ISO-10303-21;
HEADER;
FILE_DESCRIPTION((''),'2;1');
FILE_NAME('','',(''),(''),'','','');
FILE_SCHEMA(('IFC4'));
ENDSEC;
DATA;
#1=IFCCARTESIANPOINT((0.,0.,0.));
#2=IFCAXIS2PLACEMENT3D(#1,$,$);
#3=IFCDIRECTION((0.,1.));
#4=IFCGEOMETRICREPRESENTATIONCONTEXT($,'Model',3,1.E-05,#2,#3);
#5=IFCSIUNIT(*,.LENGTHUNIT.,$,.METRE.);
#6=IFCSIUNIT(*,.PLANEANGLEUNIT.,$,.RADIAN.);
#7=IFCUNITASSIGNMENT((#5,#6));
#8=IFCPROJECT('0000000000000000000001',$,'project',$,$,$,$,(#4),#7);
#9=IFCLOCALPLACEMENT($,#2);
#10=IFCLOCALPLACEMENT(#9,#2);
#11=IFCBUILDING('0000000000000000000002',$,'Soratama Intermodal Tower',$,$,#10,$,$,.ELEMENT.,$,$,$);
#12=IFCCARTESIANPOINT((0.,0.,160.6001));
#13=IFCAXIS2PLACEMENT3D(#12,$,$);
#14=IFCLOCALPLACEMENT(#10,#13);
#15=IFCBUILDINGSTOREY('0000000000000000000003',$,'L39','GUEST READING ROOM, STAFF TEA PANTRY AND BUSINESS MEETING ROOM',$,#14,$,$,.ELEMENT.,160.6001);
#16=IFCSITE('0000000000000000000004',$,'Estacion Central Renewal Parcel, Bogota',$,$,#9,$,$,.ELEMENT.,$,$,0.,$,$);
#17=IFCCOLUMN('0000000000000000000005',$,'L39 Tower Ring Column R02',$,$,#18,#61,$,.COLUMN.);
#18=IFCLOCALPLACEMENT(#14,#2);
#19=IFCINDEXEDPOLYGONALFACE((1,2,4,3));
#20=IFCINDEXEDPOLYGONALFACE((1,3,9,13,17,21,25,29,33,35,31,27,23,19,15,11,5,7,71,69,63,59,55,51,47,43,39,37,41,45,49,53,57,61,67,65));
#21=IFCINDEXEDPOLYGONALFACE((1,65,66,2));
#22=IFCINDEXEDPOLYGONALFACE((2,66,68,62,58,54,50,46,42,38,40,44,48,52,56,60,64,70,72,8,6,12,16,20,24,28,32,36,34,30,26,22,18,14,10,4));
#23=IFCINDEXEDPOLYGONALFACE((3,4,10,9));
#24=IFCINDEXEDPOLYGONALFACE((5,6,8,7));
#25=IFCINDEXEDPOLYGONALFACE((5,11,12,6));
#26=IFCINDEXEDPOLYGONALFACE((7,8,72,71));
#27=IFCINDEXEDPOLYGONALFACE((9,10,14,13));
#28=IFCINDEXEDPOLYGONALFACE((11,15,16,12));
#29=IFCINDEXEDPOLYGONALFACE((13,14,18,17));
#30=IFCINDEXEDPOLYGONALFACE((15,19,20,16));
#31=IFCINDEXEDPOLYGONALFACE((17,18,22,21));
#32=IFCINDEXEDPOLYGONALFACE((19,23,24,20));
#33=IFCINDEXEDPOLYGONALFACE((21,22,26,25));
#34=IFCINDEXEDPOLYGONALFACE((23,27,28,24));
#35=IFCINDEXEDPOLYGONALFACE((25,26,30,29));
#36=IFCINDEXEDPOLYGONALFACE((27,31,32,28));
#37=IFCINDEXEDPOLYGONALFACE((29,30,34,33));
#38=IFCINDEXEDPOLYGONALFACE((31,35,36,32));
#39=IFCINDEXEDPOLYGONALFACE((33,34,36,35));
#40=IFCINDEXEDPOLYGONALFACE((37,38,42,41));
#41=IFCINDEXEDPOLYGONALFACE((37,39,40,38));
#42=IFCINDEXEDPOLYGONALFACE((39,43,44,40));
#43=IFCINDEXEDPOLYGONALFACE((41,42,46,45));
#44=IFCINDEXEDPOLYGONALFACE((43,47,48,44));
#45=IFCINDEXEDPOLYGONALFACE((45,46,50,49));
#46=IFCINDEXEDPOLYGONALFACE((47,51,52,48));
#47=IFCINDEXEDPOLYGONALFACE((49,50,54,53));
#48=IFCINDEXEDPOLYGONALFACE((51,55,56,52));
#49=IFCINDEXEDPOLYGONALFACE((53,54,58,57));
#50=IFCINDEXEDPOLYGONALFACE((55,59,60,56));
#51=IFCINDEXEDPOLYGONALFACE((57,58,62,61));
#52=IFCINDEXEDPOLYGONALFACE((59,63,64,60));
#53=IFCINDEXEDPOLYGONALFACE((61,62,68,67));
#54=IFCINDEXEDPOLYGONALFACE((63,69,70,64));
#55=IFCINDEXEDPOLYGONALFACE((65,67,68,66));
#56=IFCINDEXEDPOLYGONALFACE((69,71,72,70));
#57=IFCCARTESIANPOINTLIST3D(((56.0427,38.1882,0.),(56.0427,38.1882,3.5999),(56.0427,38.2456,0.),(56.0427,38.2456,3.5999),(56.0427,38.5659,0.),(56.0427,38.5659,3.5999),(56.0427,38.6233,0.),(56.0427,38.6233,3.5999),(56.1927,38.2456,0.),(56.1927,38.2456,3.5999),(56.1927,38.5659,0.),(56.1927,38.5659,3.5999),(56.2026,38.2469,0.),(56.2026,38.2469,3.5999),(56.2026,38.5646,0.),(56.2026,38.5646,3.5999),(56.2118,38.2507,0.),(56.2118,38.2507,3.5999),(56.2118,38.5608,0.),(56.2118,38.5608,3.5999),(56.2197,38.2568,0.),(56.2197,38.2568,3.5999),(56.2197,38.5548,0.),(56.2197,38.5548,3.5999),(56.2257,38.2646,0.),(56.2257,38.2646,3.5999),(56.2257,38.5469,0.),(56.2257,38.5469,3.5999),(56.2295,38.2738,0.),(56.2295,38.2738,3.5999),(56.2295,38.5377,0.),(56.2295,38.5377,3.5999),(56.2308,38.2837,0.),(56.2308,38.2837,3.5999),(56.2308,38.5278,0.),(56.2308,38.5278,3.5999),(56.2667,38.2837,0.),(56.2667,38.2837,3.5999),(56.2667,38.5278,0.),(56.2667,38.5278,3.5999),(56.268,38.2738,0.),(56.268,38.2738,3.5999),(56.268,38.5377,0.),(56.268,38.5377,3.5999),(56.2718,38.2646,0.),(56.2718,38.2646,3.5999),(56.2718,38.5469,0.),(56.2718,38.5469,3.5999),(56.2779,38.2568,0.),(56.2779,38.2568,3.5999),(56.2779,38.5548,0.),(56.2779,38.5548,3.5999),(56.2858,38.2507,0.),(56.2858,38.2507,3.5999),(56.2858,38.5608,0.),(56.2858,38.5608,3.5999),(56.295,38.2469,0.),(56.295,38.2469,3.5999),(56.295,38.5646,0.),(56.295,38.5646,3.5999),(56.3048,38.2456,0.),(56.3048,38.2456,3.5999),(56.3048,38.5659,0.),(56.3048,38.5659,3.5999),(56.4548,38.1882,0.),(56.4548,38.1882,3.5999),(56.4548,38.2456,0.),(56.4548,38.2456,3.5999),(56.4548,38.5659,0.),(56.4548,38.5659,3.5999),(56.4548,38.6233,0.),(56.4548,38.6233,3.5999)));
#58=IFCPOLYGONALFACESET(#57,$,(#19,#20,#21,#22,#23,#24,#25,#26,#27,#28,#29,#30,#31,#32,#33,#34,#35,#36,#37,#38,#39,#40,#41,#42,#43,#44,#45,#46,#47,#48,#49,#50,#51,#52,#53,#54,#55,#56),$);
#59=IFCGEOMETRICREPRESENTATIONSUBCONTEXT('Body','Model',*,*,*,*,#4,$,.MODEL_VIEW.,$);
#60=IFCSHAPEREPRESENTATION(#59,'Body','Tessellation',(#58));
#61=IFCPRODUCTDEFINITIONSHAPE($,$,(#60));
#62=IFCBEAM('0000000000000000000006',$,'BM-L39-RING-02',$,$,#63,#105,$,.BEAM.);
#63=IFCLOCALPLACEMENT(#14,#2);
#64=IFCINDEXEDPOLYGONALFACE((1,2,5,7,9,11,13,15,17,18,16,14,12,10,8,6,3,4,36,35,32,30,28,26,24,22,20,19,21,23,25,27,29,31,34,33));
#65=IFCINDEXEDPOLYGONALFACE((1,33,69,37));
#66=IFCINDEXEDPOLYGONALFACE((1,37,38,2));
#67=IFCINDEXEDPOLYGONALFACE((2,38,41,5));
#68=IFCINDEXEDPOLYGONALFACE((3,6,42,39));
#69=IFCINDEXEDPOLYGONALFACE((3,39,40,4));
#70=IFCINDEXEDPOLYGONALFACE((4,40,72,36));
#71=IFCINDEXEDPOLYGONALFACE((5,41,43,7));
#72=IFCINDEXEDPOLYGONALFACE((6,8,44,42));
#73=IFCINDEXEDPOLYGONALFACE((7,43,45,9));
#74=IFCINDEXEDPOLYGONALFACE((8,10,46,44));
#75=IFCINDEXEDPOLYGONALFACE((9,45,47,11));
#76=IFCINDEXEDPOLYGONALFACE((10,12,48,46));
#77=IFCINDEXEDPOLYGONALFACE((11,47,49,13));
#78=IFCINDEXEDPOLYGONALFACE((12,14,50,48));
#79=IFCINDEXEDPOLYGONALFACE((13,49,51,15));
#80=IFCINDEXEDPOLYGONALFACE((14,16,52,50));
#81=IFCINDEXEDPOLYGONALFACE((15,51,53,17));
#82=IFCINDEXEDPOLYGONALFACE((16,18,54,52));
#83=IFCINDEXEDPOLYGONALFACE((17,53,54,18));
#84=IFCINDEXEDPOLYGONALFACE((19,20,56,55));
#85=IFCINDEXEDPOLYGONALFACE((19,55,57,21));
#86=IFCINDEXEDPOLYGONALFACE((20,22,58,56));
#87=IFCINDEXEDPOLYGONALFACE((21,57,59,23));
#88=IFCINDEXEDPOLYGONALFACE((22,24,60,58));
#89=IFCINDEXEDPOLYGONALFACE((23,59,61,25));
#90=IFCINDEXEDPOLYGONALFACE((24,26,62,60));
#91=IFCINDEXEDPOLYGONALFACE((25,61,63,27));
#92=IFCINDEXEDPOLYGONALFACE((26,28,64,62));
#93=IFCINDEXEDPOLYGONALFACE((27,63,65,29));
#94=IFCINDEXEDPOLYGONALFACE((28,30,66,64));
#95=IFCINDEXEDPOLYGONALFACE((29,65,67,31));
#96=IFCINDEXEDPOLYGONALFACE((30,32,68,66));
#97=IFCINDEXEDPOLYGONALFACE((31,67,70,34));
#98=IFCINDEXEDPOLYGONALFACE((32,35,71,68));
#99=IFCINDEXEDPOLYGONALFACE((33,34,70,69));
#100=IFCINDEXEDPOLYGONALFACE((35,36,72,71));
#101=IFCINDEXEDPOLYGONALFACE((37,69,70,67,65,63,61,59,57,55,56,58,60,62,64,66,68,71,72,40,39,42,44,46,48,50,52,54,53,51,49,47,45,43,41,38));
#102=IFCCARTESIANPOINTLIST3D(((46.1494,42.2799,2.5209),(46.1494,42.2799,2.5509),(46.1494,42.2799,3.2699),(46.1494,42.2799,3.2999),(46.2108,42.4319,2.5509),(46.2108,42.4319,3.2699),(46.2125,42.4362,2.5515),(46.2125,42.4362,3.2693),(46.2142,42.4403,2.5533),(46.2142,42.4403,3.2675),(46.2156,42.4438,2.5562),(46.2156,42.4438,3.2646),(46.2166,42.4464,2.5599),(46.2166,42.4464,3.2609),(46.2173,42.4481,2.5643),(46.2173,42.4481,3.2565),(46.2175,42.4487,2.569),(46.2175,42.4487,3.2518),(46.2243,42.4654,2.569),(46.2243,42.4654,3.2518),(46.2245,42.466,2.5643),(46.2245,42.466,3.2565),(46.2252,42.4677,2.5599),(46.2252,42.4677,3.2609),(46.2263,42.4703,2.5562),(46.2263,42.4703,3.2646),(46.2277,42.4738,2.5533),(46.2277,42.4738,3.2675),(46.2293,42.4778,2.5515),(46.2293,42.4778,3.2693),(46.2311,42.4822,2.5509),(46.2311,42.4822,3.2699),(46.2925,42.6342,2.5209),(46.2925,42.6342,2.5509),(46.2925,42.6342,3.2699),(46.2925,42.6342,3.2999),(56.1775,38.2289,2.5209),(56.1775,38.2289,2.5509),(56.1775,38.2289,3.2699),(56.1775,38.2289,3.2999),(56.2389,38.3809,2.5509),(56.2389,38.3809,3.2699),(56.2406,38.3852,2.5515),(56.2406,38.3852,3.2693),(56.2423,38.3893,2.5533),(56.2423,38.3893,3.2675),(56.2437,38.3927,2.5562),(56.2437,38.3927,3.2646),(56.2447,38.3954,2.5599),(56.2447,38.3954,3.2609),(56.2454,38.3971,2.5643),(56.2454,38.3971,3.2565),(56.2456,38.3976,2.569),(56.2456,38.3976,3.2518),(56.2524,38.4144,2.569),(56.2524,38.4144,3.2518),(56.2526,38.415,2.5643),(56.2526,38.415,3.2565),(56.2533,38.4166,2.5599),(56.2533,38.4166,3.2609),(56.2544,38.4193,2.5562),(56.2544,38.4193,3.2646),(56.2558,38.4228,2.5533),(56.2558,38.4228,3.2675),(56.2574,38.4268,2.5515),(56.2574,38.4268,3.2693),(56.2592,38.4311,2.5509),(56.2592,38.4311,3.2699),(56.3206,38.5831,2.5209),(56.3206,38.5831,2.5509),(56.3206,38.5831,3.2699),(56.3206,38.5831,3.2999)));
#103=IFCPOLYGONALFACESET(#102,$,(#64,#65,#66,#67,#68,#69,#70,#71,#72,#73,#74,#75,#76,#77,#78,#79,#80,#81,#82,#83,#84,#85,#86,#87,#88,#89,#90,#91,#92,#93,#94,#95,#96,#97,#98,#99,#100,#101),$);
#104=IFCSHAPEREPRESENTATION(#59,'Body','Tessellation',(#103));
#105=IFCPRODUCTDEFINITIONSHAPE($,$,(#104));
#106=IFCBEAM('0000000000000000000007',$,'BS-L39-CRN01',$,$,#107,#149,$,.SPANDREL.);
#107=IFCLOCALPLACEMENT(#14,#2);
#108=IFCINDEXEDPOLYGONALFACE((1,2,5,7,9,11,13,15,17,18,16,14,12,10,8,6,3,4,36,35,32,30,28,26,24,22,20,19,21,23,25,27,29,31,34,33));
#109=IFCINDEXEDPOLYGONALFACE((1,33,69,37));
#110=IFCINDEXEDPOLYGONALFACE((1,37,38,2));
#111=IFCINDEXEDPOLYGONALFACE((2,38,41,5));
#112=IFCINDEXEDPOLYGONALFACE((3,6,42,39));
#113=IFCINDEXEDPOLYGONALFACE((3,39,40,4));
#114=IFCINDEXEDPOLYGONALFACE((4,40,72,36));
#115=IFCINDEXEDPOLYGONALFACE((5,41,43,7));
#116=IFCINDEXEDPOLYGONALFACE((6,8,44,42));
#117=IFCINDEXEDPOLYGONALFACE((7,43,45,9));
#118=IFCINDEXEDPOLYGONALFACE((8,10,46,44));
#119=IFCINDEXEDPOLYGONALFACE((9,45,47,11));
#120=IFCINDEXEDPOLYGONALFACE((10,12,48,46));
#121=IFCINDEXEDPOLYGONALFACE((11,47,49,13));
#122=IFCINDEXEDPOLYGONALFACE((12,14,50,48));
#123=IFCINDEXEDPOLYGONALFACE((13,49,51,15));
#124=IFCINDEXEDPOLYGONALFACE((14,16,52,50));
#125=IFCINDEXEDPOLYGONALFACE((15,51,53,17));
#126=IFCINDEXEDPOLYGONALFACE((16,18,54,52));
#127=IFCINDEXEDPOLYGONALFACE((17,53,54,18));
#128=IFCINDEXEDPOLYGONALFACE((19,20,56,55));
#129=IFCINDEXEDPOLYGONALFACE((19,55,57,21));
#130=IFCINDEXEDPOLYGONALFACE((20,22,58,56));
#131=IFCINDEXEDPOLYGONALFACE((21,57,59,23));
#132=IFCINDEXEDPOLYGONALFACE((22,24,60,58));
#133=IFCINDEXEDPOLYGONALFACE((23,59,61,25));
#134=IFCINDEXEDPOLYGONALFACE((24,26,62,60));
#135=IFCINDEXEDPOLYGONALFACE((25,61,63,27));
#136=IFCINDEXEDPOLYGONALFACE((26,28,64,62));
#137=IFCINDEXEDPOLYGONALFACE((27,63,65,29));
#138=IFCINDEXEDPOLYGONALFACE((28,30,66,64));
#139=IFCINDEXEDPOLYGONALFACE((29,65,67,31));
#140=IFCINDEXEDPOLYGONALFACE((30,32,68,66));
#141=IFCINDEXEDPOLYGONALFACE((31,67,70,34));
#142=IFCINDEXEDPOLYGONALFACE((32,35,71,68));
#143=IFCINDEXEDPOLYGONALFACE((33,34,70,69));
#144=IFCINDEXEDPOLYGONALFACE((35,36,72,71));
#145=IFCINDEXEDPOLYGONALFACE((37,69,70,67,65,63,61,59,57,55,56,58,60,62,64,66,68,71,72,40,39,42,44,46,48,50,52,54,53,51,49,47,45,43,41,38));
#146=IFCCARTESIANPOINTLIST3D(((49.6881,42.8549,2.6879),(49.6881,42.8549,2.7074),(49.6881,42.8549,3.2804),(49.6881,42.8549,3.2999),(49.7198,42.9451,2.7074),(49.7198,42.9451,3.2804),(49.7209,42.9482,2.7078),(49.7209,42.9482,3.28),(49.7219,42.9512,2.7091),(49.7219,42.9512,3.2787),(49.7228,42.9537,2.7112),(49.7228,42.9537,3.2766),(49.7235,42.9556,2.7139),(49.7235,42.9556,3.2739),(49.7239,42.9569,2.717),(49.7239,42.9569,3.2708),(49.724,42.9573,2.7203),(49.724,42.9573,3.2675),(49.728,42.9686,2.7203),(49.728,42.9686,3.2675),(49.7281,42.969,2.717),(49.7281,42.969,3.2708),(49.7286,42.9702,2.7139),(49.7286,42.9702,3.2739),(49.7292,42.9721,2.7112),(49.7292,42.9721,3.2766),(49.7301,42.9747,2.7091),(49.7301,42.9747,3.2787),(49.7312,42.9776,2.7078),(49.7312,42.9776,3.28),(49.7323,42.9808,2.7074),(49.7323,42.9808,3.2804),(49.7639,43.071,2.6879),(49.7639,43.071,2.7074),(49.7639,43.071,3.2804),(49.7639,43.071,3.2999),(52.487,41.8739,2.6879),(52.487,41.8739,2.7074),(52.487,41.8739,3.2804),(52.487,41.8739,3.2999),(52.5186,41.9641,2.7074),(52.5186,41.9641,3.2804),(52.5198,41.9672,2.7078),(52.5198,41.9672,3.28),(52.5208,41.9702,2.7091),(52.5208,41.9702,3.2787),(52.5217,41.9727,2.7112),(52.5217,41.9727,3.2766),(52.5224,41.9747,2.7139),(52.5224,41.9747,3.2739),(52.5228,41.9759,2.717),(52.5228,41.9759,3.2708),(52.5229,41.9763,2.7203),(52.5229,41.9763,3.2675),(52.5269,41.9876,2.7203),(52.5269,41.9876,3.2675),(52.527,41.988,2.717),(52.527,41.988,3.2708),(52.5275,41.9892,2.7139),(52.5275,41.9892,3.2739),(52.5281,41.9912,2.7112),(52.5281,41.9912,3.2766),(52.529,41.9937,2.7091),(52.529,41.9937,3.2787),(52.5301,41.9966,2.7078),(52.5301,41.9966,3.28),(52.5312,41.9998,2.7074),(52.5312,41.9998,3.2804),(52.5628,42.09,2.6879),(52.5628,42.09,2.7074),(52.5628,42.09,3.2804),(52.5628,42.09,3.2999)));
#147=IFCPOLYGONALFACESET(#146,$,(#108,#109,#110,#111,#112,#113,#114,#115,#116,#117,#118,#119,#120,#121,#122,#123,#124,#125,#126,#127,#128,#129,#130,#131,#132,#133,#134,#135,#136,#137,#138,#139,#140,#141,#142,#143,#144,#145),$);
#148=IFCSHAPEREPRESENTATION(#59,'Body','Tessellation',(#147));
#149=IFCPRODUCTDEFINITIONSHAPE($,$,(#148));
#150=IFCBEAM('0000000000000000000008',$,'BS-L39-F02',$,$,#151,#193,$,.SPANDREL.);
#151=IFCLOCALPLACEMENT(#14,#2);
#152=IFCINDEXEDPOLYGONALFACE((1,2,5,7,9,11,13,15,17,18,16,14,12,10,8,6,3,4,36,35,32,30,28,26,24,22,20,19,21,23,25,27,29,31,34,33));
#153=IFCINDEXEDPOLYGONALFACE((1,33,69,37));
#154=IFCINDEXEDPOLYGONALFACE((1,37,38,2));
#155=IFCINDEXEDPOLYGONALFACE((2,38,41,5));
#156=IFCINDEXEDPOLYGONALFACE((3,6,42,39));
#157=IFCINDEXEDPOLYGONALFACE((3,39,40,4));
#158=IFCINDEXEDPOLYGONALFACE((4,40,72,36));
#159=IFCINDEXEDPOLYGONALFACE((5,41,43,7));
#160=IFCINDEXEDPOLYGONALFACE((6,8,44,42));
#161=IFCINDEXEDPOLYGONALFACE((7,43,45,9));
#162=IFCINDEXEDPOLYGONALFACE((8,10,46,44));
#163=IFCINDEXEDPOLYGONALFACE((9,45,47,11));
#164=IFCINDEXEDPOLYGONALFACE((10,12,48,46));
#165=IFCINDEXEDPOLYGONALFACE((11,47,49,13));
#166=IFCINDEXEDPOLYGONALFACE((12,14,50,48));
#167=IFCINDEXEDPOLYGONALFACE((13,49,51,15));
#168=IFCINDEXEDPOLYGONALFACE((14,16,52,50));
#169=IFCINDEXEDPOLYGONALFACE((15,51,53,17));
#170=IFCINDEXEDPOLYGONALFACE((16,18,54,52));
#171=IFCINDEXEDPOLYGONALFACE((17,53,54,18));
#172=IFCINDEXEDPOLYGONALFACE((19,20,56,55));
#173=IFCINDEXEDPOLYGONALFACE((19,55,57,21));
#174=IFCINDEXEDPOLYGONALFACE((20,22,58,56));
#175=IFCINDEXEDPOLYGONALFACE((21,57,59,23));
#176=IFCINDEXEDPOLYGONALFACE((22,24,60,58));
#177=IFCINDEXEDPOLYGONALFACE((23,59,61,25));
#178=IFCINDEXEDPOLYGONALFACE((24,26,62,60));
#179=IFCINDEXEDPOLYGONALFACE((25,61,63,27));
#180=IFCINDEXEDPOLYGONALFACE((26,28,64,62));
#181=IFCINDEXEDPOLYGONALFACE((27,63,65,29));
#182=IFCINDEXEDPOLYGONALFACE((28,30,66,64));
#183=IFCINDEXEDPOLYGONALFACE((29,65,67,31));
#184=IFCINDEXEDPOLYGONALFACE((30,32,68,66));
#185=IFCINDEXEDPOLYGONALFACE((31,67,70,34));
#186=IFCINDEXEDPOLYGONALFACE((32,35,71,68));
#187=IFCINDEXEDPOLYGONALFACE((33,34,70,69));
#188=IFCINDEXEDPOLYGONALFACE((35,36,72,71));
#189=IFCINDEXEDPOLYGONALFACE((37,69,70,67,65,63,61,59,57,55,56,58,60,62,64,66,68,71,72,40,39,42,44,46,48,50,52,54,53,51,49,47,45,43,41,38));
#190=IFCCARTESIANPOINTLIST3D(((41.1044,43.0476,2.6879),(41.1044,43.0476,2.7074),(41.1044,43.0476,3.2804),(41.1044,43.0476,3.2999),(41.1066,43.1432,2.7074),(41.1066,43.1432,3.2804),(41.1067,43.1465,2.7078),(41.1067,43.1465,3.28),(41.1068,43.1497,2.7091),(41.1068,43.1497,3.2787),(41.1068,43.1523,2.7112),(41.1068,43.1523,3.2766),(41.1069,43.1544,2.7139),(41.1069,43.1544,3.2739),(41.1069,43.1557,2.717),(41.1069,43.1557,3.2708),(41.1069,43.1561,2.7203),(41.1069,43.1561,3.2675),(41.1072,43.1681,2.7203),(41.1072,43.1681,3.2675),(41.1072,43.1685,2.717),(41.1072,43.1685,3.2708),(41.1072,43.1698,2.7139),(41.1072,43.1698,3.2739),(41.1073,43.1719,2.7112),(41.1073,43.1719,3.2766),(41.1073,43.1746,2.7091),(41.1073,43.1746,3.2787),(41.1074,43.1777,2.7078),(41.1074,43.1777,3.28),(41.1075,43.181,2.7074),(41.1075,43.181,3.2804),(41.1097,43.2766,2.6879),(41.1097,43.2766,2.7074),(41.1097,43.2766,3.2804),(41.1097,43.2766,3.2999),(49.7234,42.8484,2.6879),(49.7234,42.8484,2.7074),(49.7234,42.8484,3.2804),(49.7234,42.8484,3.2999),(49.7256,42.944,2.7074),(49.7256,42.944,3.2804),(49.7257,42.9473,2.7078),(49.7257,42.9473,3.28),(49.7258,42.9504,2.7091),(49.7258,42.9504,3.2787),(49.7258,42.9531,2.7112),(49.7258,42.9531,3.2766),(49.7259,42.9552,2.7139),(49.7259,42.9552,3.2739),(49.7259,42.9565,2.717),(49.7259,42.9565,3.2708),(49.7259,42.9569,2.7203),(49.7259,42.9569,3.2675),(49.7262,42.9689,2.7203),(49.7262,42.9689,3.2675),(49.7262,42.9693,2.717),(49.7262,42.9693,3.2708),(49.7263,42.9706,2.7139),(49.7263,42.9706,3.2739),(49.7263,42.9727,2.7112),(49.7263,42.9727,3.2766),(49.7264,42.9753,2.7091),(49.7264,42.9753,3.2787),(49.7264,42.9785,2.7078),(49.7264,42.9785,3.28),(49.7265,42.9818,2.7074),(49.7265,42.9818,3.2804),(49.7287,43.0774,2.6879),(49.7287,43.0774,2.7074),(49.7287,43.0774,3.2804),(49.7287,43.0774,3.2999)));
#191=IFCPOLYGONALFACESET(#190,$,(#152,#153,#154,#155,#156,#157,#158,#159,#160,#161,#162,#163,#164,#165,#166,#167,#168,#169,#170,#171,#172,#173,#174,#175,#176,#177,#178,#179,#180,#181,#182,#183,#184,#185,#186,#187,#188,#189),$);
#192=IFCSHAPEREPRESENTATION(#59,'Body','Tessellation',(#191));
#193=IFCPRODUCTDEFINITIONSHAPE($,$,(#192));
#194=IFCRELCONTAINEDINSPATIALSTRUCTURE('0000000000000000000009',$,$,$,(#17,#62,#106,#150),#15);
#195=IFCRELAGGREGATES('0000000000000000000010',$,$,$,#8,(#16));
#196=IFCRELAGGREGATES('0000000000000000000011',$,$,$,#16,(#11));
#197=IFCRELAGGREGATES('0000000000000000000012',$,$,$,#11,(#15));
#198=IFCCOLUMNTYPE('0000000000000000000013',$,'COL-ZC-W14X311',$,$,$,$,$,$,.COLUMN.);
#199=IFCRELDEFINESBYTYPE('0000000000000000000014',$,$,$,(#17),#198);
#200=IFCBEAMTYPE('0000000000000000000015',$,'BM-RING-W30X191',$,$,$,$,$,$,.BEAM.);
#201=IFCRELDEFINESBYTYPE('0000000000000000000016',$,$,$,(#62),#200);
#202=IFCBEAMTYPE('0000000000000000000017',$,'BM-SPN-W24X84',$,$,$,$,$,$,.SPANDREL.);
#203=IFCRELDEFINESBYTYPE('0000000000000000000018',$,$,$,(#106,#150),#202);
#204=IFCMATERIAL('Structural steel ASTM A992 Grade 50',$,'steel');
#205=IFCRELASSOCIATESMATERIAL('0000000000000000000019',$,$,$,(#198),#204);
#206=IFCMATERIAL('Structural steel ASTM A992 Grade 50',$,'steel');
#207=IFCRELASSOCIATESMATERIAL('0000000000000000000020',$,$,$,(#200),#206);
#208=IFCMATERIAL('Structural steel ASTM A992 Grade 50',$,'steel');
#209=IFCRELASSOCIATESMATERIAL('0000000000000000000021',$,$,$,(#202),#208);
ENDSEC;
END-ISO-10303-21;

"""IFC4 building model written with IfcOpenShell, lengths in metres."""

from ifc_helpers import new_model, si_unit, direction, frame, origin, origin_2d, place, context, subcontext, project, spatial, i_section, extrude, material, material_profile, profile_set, type_object, element, save


model = new_model("IFC4")

# Units and contexts
model_context = context("Model", 3, precision=1e-05, world=origin(), true_north=direction((0.0, 1.0)))
body_context = subcontext(model_context, "Body", "Model", "MODEL_VIEW")
ifc_project = project(units=[si_unit("LENGTHUNIT", "METRE"), si_unit("PLANEANGLEUNIT", "RADIAN")], contexts=[model_context])

# Site, building, storey
site_placement = place(None, origin())
site = spatial("IfcSite", under=ifc_project, at=site_placement, Name="Estacion Central Renewal Parcel, Bogota", CompositionType="ELEMENT", RefElevation=0.0)
building_placement = place(site_placement, origin())
building = spatial("IfcBuilding", under=site, at=building_placement, Name="Soratama Intermodal Tower", CompositionType="ELEMENT")
storey_placement = place(building_placement, frame((0.0, 0.0, 160.6001)))
storey = spatial("IfcBuildingStorey", under=building, at=storey_placement, Name="L39", Description="GUEST READING ROOM, STAFF TEA PANTRY AND BUSINESS MEETING ROOM", CompositionType="ELEMENT", Elevation=160.6001)

# Column
ifc_material_1 = material(Name="Structural steel ASTM A992 Grade 50", Category="steel")
ifc_material_profile_1 = material_profile(ifc_material_1, i_section(OverallWidth=0.4121, OverallDepth=0.4351, WebThickness=0.0359, FlangeThickness=0.0574, FilletRadius=0.0381, at=origin_2d()), Name="W14X311")
ifc_profile_set_1 = profile_set([ifc_material_profile_1], Name="Structural steel ASTM A992 Grade 50")
column_type = type_object("IfcColumnType", Name="COL-ZC-W14X311", PredefinedType="COLUMN", material=ifc_profile_set_1)
column_placement = place(storey_placement, frame((56.2488, 38.4058, 0.0), z_axis=(0.0, 0.0, 1.0), x_axis=(1.0, 0.0, 0.0)))
element("IfcColumn", 1, at=column_placement, inside=storey, type_object=column_type, Name="L39 Tower Ring Column R02", PredefinedType="COLUMN", context=body_context, shape_type="SweptSolid", body=[
    extrude(i_section(OverallWidth=0.4121, OverallDepth=0.4351, WebThickness=0.0359, FlangeThickness=0.0574, FilletRadius=0.0381, at=origin_2d()), origin(), (0.0, 0.0, 1.0), 3.5999),
])

# Beams
ifc_material_2 = material(Name="Structural steel ASTM A992 Grade 50", Category="steel")
ifc_material_profile_2 = material_profile(ifc_material_2, i_section(OverallWidth=0.3821, OverallDepth=0.7791, WebThickness=0.0181, FlangeThickness=0.03, FilletRadius=0.0181, at=origin_2d()), Name="W30X191")
ifc_profile_set_2 = profile_set([ifc_material_profile_2], Name="Structural steel ASTM A992 Grade 50")
beam_type_1 = type_object("IfcBeamType", Name="BM-RING-W30X191", PredefinedType="BEAM", material=ifc_profile_set_2)
beam_1_placement = place(storey_placement, frame((56.249, 38.406, 2.9104), z_axis=(-0.927202, 0.37456, 0.0), x_axis=(-0.37456, -0.927202, 0.0)))
element("IfcBeam", 2, at=beam_1_placement, inside=storey, type_object=beam_type_1, Name="BM-L39-RING-02", PredefinedType="BEAM", context=body_context, shape_type="SweptSolid", body=[
    extrude(i_section(OverallWidth=0.3821, OverallDepth=0.7791, WebThickness=0.0181, FlangeThickness=0.03, FilletRadius=0.0181, at=origin_2d()), origin(), (0.0, 0.0, 1.0), 10.8154),
])
ifc_material_3 = material(Name="Structural steel ASTM A992 Grade 50", Category="steel")
ifc_material_profile_3 = material_profile(ifc_material_3, i_section(OverallWidth=0.229, OverallDepth=0.6121, WebThickness=0.012, FlangeThickness=0.0195, FilletRadius=0.0129, at=origin_2d()), Name="W24X84")
ifc_profile_set_3 = profile_set([ifc_material_profile_3], Name="Structural steel ASTM A992 Grade 50")
beam_type_2 = type_object("IfcBeamType", Name="BM-SPN-W24X84", PredefinedType="SPANDREL", material=ifc_profile_set_3)
beam_2_placement = place(storey_placement, frame((52.5249, 41.9819, 2.9939), z_axis=(-0.943715, 0.330761, 0.0), x_axis=(-0.330761, -0.943715, 0.0)))
element("IfcBeam", 3, at=beam_2_placement, inside=storey, type_object=beam_type_2, Name="BS-L39-CRN01", PredefinedType="SPANDREL", context=body_context, shape_type="SweptSolid", body=[
    extrude(i_section(OverallWidth=0.229, OverallDepth=0.6121, WebThickness=0.012, FlangeThickness=0.0195, FilletRadius=0.0129, at=origin_2d()), origin(), (0.0, 0.0, 1.0), 2.9658),
])
beam_3_placement = place(storey_placement, frame((49.7261, 42.9629, 2.9939), z_axis=(-0.999733, 0.023107, 0.0), x_axis=(-0.023107, -0.999733, 0.0)))
element("IfcBeam", 4, at=beam_3_placement, inside=storey, type_object=beam_type_2, Name="BS-L39-F02", PredefinedType="SPANDREL", context=body_context, shape_type="SweptSolid", body=[
    extrude(i_section(OverallWidth=0.229, OverallDepth=0.6121, WebThickness=0.012, FlangeThickness=0.0195, FilletRadius=0.0129, at=origin_2d()), origin(), (0.0, 0.0, 1.0), 8.6213),
])

save(model, "model.ifc")
